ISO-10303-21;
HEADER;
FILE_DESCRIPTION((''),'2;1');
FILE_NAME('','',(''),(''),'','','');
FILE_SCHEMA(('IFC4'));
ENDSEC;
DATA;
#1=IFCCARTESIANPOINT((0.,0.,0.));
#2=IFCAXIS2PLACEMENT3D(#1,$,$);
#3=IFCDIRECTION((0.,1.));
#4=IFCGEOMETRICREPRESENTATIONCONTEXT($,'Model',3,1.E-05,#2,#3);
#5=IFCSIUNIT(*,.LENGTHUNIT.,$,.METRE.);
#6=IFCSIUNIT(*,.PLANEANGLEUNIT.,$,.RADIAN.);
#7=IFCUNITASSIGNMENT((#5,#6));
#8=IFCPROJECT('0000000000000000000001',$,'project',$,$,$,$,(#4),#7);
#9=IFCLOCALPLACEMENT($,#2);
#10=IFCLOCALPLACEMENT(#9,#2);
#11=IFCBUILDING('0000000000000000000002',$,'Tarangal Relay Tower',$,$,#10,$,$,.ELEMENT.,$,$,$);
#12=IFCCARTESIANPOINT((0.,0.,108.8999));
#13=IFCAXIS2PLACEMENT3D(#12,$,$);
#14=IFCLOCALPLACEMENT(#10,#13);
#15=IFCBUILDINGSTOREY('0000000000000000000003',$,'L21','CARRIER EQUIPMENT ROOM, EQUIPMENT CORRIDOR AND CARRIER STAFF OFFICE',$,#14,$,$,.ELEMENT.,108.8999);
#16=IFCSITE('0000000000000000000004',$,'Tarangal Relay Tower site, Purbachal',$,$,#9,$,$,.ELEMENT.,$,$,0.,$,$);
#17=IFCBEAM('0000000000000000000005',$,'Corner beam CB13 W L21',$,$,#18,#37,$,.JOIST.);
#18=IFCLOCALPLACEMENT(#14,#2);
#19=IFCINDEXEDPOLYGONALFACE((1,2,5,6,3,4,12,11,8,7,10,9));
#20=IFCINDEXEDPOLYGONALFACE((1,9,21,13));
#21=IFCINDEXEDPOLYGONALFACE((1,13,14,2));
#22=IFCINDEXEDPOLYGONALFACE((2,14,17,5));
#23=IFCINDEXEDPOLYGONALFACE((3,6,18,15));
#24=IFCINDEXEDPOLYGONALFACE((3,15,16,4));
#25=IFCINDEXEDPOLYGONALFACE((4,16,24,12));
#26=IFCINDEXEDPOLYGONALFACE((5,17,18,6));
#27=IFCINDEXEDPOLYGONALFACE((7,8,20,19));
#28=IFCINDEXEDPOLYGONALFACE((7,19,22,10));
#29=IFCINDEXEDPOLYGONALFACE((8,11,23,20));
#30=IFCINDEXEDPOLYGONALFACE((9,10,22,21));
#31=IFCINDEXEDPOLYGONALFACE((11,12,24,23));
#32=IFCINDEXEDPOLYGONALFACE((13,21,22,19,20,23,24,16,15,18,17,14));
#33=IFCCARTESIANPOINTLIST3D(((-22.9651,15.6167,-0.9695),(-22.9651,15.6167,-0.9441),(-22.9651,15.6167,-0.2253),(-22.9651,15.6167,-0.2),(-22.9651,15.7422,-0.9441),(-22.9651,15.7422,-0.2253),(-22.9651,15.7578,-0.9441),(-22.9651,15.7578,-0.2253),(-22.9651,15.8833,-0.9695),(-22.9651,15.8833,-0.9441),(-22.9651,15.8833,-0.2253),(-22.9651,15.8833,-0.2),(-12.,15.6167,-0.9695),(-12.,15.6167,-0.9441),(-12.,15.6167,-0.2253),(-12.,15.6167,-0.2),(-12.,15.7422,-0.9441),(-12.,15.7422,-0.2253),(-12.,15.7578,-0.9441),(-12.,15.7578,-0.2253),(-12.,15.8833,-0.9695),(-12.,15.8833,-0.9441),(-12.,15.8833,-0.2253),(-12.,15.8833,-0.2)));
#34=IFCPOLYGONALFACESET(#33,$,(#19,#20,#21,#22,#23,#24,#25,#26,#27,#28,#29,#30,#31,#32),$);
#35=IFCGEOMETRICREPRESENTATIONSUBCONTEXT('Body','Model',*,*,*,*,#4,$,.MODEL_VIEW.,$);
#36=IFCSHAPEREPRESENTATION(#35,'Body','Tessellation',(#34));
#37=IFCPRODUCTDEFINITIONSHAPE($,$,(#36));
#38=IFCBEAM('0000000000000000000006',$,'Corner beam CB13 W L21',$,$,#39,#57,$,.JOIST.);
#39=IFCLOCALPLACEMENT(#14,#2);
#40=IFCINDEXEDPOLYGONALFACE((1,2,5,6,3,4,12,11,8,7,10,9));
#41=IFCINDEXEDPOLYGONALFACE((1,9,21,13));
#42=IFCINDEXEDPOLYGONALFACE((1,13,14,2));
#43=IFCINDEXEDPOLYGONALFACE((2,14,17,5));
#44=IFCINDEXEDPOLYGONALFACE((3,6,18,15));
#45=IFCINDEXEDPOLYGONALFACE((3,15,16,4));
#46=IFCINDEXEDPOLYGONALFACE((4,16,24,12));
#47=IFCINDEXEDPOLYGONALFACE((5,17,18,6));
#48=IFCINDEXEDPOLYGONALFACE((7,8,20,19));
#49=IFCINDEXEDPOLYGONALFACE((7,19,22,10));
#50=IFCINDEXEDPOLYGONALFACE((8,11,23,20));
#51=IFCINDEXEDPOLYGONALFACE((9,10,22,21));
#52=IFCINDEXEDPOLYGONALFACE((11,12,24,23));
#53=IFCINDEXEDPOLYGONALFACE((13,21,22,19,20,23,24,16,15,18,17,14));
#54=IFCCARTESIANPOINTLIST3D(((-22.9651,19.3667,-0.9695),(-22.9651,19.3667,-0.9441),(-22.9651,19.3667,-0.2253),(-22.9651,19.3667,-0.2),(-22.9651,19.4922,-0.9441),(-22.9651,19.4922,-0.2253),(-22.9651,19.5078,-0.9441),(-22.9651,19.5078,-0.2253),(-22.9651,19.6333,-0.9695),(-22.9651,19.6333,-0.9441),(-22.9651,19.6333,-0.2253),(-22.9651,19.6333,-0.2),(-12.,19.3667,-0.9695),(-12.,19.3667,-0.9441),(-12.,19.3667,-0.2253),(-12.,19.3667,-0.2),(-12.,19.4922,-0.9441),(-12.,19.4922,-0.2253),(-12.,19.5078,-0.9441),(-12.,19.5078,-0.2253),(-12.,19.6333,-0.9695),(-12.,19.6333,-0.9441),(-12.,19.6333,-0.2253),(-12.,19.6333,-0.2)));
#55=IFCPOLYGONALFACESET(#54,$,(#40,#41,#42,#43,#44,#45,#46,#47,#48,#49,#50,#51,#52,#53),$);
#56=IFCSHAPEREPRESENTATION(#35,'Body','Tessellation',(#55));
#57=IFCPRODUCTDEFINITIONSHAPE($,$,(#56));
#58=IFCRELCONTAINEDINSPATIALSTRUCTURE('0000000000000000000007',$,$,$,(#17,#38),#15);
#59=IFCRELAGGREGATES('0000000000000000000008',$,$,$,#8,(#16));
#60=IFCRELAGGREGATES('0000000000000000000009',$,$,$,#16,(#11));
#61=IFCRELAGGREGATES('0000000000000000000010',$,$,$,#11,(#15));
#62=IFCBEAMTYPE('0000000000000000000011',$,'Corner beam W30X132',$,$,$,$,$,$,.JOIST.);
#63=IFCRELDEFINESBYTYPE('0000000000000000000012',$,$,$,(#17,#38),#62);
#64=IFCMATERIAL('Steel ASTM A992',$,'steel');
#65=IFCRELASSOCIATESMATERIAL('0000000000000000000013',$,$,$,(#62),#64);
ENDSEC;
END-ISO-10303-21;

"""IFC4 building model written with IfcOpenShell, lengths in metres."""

from ifc_helpers import new_model, si_unit, direction, frame, origin, origin_2d, place, context, subcontext, project, spatial, i_section, extrude, material, material_profile, profile_set, type_object, element, save


model = new_model("IFC4")

# Units and contexts
model_context = context("Model", 3, precision=1e-05, world=origin(), true_north=direction((0.0, 1.0)))
body_context = subcontext(model_context, "Body", "Model", "MODEL_VIEW")
ifc_project = project(units=[si_unit("LENGTHUNIT", "METRE"), si_unit("PLANEANGLEUNIT", "RADIAN")], contexts=[model_context])

# Site, building, storey
site_placement = place(None, origin())
site = spatial("IfcSite", under=ifc_project, at=site_placement, Name="Tarangal Relay Tower site, Purbachal", CompositionType="ELEMENT", RefElevation=0.0)
building_placement = place(site_placement, origin())
building = spatial("IfcBuilding", under=site, at=building_placement, Name="Tarangal Relay Tower", CompositionType="ELEMENT")
storey_placement = place(building_placement, frame((0.0, 0.0, 108.8999)))
storey = spatial("IfcBuildingStorey", under=building, at=storey_placement, Name="L21", Description="CARRIER EQUIPMENT ROOM, EQUIPMENT CORRIDOR AND CARRIER STAFF OFFICE", CompositionType="ELEMENT", Elevation=108.8999)

# Beams
ifc_material_1 = material(Name="Steel ASTM A992", Category="steel")
ifc_material_profile = material_profile(ifc_material_1, i_section(OverallWidth=0.2666, OverallDepth=0.7695, WebThickness=0.0156, FlangeThickness=0.0254, at=origin_2d()), Name="W30X132")
ifc_profile_set = profile_set([ifc_material_profile], Name="Steel ASTM A992")
beam_type = type_object("IfcBeamType", Name="Corner beam W30X132", PredefinedType="JOIST", material=ifc_profile_set)
for number, where, z_axis, x_axis, name in (
    (1, (-12.0, 15.75, -0.5847), (-1.0, 0.0, 0.0), (0.0, -1.0, 0.0), "Corner beam CB13 W L21"),
    (2, (-12.0, 19.5, -0.5847), (-1.0, 0.0, 0.0), (0.0, -1.0, 0.0), "Corner beam CB13 W L21"),
):
    element("IfcBeam", number, at=place(storey_placement, frame(where, z_axis=z_axis, x_axis=x_axis)), inside=storey, type_object=beam_type, Name=name, PredefinedType="JOIST", context=body_context, shape_type="SweptSolid", body=[
        extrude(i_section(OverallWidth=0.2666, OverallDepth=0.7695, WebThickness=0.0156, FlangeThickness=0.0254, at=origin_2d()), origin(), (0.0, 0.0, 1.0), 10.9651),
    ])

save(model, "model.ifc")
